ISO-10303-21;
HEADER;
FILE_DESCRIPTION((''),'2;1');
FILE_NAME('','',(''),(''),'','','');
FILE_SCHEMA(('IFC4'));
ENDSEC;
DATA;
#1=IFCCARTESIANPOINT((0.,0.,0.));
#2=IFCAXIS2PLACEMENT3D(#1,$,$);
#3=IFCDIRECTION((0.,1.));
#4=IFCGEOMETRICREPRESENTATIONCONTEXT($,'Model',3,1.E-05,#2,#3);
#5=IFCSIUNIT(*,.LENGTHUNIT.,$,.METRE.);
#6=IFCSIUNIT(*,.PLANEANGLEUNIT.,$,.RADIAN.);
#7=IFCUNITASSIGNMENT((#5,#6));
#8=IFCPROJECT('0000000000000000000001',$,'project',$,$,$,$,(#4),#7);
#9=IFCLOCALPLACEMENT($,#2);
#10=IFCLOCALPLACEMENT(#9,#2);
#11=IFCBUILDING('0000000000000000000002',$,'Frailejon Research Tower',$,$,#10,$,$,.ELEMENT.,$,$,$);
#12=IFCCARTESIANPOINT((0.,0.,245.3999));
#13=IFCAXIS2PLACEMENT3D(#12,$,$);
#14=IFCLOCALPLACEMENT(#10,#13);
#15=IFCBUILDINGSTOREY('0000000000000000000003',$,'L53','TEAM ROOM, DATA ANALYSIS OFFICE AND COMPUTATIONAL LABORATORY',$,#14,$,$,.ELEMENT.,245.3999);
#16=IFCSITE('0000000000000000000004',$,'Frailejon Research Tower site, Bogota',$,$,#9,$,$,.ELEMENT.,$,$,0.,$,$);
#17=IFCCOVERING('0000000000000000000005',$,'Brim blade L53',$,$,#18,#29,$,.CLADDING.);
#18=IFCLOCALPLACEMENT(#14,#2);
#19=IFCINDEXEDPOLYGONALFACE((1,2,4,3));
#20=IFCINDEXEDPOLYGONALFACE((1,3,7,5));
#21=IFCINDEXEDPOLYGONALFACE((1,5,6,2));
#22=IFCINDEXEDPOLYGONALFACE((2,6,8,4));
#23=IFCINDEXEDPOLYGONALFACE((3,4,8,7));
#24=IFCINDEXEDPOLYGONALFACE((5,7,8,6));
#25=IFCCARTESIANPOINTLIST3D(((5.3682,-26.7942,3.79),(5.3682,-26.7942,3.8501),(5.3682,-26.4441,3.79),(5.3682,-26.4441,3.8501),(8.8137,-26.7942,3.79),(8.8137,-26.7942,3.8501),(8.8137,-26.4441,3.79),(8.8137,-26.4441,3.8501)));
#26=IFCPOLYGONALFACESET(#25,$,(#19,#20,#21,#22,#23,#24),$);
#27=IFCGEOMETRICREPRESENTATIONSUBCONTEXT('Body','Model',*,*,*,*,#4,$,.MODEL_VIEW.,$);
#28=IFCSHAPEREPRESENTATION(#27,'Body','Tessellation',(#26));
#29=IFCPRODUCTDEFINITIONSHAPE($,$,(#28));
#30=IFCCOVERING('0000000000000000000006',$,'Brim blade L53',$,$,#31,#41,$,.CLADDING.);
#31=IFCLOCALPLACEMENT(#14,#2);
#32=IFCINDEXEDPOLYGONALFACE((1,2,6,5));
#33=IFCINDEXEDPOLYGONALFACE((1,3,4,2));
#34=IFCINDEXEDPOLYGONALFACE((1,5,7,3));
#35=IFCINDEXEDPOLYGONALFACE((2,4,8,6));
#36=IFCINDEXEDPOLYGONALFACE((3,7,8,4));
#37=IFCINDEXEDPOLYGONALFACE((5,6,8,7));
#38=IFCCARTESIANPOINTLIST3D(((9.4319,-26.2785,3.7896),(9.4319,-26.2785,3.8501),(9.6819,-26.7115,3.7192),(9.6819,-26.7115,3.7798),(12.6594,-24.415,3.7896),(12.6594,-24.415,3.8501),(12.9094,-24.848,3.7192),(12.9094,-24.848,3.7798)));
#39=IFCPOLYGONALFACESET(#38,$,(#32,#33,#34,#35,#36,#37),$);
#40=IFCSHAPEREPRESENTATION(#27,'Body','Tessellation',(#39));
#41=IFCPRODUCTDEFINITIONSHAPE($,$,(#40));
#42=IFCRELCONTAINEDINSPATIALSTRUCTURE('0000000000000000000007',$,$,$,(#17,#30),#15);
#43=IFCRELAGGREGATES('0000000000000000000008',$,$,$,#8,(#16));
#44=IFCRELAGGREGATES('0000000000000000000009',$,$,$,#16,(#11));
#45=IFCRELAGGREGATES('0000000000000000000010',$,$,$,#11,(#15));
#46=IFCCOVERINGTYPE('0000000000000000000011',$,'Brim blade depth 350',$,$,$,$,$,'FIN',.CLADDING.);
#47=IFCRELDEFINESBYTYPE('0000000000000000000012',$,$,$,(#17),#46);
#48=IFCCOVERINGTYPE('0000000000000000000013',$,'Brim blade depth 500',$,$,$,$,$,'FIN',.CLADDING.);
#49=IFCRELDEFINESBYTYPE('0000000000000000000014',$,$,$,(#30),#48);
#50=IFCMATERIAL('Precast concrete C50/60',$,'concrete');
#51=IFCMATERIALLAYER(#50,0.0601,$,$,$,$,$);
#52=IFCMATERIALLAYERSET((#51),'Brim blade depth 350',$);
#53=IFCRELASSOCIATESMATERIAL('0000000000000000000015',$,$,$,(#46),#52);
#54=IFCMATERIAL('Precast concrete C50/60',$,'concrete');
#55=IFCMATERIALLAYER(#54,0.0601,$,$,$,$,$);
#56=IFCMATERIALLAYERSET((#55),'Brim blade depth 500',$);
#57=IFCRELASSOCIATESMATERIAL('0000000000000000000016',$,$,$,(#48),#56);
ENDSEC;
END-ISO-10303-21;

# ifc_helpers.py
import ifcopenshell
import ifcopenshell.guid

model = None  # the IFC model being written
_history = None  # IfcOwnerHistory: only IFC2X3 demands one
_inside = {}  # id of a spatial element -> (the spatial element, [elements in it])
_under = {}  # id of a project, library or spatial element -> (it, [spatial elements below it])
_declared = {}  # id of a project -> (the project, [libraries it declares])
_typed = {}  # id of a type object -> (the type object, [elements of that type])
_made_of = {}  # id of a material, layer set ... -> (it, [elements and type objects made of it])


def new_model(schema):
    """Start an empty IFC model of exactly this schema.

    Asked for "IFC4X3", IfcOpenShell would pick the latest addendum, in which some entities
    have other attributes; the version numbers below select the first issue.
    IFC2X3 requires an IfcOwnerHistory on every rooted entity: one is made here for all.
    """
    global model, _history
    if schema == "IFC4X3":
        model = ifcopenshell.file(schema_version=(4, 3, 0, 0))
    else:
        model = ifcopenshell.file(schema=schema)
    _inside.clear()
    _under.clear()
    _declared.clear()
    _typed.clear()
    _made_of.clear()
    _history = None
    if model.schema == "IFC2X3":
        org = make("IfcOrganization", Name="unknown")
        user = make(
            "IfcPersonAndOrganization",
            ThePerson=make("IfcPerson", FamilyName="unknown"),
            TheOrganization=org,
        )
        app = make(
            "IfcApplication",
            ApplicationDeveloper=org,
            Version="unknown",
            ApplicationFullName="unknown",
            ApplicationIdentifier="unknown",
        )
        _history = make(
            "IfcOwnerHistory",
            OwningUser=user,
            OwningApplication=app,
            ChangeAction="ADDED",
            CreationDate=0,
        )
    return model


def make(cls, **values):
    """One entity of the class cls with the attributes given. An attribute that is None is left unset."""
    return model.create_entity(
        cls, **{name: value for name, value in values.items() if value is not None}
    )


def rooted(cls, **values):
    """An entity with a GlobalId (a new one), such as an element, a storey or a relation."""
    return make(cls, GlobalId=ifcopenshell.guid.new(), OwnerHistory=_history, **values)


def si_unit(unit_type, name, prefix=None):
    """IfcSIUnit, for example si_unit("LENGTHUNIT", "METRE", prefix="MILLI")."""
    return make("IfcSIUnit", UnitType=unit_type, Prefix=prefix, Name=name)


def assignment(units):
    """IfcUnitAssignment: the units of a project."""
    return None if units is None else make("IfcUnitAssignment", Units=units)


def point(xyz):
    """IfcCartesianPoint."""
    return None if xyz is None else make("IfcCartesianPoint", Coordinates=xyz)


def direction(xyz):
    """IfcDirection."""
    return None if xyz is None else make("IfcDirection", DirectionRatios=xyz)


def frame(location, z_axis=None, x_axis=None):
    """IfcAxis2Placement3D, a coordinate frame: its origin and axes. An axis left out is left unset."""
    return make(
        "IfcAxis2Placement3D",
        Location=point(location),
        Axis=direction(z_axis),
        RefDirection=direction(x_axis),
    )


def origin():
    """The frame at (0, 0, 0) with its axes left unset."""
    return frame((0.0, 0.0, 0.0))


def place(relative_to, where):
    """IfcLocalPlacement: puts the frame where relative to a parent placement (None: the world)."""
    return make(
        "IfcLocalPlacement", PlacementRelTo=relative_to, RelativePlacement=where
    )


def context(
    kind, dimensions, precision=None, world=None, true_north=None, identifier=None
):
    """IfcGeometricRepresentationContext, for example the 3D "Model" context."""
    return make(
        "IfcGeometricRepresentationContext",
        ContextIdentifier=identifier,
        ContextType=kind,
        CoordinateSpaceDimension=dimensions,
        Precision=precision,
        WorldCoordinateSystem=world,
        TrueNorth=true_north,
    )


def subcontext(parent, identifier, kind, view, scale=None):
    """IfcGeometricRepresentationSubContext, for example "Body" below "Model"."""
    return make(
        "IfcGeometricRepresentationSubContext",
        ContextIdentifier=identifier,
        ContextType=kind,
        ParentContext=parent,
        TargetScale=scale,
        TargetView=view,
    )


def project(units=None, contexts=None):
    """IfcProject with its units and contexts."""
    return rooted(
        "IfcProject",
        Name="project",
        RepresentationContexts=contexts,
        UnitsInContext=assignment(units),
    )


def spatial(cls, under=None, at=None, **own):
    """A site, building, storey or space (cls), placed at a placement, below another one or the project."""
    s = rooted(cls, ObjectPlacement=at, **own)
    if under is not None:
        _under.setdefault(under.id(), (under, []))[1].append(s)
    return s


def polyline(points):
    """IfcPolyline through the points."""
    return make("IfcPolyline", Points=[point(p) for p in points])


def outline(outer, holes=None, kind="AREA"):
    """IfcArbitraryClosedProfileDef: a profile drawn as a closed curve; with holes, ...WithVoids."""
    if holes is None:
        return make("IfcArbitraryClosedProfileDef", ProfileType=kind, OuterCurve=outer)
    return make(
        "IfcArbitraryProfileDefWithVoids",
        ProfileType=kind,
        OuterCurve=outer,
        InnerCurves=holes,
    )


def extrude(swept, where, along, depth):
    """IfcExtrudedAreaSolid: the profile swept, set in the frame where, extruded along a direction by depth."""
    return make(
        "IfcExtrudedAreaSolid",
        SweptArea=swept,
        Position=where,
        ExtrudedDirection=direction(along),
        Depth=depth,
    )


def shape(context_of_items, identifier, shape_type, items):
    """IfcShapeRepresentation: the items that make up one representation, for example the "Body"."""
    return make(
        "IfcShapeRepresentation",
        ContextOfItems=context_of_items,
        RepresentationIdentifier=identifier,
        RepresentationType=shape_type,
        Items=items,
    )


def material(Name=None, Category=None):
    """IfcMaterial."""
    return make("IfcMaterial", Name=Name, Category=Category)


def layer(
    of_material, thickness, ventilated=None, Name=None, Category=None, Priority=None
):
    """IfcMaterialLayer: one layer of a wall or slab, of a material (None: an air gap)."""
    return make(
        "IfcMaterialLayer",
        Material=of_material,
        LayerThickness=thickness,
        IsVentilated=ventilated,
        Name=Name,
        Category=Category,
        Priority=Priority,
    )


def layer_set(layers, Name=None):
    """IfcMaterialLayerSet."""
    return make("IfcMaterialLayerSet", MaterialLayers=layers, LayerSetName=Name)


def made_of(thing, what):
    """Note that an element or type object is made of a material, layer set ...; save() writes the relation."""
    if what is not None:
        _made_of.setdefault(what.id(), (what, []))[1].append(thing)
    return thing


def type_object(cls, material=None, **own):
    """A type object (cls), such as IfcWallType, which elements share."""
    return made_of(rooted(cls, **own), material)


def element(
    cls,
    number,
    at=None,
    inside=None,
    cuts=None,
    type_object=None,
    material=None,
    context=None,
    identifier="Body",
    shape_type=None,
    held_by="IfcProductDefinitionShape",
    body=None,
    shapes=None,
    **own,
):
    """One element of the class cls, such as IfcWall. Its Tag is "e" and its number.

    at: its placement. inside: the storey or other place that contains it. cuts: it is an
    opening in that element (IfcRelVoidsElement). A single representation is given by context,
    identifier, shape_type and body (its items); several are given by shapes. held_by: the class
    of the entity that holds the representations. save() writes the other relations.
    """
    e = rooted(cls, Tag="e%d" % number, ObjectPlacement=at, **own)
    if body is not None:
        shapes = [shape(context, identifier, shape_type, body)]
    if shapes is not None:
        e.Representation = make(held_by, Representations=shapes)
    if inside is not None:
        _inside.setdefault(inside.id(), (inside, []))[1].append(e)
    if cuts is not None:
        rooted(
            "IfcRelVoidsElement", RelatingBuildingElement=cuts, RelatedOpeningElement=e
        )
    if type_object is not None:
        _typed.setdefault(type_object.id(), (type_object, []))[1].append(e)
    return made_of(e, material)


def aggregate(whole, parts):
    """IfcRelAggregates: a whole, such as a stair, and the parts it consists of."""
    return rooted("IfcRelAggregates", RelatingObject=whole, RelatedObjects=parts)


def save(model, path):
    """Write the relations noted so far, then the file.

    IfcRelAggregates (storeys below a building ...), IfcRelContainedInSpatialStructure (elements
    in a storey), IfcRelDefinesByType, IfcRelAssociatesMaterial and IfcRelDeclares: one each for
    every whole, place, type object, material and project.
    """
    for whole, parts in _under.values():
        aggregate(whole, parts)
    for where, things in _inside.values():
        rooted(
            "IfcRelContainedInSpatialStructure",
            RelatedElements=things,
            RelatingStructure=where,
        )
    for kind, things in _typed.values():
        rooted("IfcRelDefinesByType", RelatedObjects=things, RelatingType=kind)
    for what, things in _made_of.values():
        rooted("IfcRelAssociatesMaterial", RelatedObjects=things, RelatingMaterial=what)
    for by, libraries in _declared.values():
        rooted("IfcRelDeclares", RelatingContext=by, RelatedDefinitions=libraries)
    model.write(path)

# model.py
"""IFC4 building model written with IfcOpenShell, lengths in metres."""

from ifc_helpers import new_model, si_unit, direction, frame, origin, place, context, subcontext, project, spatial, polyline, outline, extrude, material, layer, layer_set, type_object, element, save


model = new_model("IFC4")

# Units and contexts
model_context = context("Model", 3, precision=1e-05, world=origin(), true_north=direction((0.0, 1.0)))
body_context = subcontext(model_context, "Body", "Model", "MODEL_VIEW")
ifc_project = project(units=[si_unit("LENGTHUNIT", "METRE"), si_unit("PLANEANGLEUNIT", "RADIAN")], contexts=[model_context])

# Site, building, storey
site_placement = place(None, origin())
site = spatial("IfcSite", under=ifc_project, at=site_placement, Name="Frailejon Research Tower site, Bogota", CompositionType="ELEMENT", RefElevation=0.0)
building_placement = place(site_placement, origin())
building = spatial("IfcBuilding", under=site, at=building_placement, Name="Frailejon Research Tower", CompositionType="ELEMENT")
storey_placement = place(building_placement, frame((0.0, 0.0, 245.3999)))
storey = spatial("IfcBuildingStorey", under=building, at=storey_placement, Name="L53", Description="TEAM ROOM, DATA ANALYSIS OFFICE AND COMPUTATIONAL LABORATORY", CompositionType="ELEMENT", Elevation=245.3999)

# Coverings
ifc_material_1 = material(Name="Precast concrete C50/60", Category="concrete")
ifc_layer_1 = layer(ifc_material_1, 0.0601)
ifc_layer_set_1 = layer_set([ifc_layer_1], Name="Brim blade depth 350")
covering_type_1 = type_object("IfcCoveringType", Name="Brim blade depth 350", ElementType="FIN", PredefinedType="CLADDING", material=ifc_layer_set_1)
for number, where, z_axis, x_axis, name in (
    (1, (8.8137, -26.4441, 3.8501), (-1.0, 0.0, 0.0), (0.0, -1.0, 0.0), "Brim blade L53"),
):
    element("IfcCovering", number, at=place(storey_placement, frame(where, z_axis=z_axis, x_axis=x_axis)), inside=storey, type_object=covering_type_1, Name=name, PredefinedType="CLADDING", context=body_context, shape_type="SweptSolid", body=[
        extrude(outline(polyline([(0.0, -0.0601), (0.3501, -0.0601), (0.3501, 0.0), (0.0, 0.0), (0.0, -0.0601)])), origin(), (0.0, 0.0, 1.0), 3.4456),
    ])
ifc_material_2 = material(Name="Precast concrete C50/60", Category="concrete")
ifc_layer_2 = layer(ifc_material_2, 0.0601)
ifc_layer_set_2 = layer_set([ifc_layer_2], Name="Brim blade depth 500")
covering_type_2 = type_object("IfcCoveringType", Name="Brim blade depth 500", ElementType="FIN", PredefinedType="CLADDING", material=ifc_layer_set_2)
covering_1_placement = place(storey_placement, frame((12.6594, -24.415, 3.8501), z_axis=(-0.866018, -0.500012, 0.0), x_axis=(0.500012, -0.866018, 0.0)))
element("IfcCovering", 2, at=covering_1_placement, inside=storey, type_object=covering_type_2, Name="Brim blade L53", PredefinedType="CLADDING", context=body_context, shape_type="SweptSolid", body=[
    extrude(outline(polyline([(0.0, -0.0605), (0.5, -0.1309), (0.5, -0.0703), (0.0, 0.0), (0.0, -0.0605)])), origin(), (0.0, 0.0, 1.0), 3.7268),
])

save(model, "model.ifc")
